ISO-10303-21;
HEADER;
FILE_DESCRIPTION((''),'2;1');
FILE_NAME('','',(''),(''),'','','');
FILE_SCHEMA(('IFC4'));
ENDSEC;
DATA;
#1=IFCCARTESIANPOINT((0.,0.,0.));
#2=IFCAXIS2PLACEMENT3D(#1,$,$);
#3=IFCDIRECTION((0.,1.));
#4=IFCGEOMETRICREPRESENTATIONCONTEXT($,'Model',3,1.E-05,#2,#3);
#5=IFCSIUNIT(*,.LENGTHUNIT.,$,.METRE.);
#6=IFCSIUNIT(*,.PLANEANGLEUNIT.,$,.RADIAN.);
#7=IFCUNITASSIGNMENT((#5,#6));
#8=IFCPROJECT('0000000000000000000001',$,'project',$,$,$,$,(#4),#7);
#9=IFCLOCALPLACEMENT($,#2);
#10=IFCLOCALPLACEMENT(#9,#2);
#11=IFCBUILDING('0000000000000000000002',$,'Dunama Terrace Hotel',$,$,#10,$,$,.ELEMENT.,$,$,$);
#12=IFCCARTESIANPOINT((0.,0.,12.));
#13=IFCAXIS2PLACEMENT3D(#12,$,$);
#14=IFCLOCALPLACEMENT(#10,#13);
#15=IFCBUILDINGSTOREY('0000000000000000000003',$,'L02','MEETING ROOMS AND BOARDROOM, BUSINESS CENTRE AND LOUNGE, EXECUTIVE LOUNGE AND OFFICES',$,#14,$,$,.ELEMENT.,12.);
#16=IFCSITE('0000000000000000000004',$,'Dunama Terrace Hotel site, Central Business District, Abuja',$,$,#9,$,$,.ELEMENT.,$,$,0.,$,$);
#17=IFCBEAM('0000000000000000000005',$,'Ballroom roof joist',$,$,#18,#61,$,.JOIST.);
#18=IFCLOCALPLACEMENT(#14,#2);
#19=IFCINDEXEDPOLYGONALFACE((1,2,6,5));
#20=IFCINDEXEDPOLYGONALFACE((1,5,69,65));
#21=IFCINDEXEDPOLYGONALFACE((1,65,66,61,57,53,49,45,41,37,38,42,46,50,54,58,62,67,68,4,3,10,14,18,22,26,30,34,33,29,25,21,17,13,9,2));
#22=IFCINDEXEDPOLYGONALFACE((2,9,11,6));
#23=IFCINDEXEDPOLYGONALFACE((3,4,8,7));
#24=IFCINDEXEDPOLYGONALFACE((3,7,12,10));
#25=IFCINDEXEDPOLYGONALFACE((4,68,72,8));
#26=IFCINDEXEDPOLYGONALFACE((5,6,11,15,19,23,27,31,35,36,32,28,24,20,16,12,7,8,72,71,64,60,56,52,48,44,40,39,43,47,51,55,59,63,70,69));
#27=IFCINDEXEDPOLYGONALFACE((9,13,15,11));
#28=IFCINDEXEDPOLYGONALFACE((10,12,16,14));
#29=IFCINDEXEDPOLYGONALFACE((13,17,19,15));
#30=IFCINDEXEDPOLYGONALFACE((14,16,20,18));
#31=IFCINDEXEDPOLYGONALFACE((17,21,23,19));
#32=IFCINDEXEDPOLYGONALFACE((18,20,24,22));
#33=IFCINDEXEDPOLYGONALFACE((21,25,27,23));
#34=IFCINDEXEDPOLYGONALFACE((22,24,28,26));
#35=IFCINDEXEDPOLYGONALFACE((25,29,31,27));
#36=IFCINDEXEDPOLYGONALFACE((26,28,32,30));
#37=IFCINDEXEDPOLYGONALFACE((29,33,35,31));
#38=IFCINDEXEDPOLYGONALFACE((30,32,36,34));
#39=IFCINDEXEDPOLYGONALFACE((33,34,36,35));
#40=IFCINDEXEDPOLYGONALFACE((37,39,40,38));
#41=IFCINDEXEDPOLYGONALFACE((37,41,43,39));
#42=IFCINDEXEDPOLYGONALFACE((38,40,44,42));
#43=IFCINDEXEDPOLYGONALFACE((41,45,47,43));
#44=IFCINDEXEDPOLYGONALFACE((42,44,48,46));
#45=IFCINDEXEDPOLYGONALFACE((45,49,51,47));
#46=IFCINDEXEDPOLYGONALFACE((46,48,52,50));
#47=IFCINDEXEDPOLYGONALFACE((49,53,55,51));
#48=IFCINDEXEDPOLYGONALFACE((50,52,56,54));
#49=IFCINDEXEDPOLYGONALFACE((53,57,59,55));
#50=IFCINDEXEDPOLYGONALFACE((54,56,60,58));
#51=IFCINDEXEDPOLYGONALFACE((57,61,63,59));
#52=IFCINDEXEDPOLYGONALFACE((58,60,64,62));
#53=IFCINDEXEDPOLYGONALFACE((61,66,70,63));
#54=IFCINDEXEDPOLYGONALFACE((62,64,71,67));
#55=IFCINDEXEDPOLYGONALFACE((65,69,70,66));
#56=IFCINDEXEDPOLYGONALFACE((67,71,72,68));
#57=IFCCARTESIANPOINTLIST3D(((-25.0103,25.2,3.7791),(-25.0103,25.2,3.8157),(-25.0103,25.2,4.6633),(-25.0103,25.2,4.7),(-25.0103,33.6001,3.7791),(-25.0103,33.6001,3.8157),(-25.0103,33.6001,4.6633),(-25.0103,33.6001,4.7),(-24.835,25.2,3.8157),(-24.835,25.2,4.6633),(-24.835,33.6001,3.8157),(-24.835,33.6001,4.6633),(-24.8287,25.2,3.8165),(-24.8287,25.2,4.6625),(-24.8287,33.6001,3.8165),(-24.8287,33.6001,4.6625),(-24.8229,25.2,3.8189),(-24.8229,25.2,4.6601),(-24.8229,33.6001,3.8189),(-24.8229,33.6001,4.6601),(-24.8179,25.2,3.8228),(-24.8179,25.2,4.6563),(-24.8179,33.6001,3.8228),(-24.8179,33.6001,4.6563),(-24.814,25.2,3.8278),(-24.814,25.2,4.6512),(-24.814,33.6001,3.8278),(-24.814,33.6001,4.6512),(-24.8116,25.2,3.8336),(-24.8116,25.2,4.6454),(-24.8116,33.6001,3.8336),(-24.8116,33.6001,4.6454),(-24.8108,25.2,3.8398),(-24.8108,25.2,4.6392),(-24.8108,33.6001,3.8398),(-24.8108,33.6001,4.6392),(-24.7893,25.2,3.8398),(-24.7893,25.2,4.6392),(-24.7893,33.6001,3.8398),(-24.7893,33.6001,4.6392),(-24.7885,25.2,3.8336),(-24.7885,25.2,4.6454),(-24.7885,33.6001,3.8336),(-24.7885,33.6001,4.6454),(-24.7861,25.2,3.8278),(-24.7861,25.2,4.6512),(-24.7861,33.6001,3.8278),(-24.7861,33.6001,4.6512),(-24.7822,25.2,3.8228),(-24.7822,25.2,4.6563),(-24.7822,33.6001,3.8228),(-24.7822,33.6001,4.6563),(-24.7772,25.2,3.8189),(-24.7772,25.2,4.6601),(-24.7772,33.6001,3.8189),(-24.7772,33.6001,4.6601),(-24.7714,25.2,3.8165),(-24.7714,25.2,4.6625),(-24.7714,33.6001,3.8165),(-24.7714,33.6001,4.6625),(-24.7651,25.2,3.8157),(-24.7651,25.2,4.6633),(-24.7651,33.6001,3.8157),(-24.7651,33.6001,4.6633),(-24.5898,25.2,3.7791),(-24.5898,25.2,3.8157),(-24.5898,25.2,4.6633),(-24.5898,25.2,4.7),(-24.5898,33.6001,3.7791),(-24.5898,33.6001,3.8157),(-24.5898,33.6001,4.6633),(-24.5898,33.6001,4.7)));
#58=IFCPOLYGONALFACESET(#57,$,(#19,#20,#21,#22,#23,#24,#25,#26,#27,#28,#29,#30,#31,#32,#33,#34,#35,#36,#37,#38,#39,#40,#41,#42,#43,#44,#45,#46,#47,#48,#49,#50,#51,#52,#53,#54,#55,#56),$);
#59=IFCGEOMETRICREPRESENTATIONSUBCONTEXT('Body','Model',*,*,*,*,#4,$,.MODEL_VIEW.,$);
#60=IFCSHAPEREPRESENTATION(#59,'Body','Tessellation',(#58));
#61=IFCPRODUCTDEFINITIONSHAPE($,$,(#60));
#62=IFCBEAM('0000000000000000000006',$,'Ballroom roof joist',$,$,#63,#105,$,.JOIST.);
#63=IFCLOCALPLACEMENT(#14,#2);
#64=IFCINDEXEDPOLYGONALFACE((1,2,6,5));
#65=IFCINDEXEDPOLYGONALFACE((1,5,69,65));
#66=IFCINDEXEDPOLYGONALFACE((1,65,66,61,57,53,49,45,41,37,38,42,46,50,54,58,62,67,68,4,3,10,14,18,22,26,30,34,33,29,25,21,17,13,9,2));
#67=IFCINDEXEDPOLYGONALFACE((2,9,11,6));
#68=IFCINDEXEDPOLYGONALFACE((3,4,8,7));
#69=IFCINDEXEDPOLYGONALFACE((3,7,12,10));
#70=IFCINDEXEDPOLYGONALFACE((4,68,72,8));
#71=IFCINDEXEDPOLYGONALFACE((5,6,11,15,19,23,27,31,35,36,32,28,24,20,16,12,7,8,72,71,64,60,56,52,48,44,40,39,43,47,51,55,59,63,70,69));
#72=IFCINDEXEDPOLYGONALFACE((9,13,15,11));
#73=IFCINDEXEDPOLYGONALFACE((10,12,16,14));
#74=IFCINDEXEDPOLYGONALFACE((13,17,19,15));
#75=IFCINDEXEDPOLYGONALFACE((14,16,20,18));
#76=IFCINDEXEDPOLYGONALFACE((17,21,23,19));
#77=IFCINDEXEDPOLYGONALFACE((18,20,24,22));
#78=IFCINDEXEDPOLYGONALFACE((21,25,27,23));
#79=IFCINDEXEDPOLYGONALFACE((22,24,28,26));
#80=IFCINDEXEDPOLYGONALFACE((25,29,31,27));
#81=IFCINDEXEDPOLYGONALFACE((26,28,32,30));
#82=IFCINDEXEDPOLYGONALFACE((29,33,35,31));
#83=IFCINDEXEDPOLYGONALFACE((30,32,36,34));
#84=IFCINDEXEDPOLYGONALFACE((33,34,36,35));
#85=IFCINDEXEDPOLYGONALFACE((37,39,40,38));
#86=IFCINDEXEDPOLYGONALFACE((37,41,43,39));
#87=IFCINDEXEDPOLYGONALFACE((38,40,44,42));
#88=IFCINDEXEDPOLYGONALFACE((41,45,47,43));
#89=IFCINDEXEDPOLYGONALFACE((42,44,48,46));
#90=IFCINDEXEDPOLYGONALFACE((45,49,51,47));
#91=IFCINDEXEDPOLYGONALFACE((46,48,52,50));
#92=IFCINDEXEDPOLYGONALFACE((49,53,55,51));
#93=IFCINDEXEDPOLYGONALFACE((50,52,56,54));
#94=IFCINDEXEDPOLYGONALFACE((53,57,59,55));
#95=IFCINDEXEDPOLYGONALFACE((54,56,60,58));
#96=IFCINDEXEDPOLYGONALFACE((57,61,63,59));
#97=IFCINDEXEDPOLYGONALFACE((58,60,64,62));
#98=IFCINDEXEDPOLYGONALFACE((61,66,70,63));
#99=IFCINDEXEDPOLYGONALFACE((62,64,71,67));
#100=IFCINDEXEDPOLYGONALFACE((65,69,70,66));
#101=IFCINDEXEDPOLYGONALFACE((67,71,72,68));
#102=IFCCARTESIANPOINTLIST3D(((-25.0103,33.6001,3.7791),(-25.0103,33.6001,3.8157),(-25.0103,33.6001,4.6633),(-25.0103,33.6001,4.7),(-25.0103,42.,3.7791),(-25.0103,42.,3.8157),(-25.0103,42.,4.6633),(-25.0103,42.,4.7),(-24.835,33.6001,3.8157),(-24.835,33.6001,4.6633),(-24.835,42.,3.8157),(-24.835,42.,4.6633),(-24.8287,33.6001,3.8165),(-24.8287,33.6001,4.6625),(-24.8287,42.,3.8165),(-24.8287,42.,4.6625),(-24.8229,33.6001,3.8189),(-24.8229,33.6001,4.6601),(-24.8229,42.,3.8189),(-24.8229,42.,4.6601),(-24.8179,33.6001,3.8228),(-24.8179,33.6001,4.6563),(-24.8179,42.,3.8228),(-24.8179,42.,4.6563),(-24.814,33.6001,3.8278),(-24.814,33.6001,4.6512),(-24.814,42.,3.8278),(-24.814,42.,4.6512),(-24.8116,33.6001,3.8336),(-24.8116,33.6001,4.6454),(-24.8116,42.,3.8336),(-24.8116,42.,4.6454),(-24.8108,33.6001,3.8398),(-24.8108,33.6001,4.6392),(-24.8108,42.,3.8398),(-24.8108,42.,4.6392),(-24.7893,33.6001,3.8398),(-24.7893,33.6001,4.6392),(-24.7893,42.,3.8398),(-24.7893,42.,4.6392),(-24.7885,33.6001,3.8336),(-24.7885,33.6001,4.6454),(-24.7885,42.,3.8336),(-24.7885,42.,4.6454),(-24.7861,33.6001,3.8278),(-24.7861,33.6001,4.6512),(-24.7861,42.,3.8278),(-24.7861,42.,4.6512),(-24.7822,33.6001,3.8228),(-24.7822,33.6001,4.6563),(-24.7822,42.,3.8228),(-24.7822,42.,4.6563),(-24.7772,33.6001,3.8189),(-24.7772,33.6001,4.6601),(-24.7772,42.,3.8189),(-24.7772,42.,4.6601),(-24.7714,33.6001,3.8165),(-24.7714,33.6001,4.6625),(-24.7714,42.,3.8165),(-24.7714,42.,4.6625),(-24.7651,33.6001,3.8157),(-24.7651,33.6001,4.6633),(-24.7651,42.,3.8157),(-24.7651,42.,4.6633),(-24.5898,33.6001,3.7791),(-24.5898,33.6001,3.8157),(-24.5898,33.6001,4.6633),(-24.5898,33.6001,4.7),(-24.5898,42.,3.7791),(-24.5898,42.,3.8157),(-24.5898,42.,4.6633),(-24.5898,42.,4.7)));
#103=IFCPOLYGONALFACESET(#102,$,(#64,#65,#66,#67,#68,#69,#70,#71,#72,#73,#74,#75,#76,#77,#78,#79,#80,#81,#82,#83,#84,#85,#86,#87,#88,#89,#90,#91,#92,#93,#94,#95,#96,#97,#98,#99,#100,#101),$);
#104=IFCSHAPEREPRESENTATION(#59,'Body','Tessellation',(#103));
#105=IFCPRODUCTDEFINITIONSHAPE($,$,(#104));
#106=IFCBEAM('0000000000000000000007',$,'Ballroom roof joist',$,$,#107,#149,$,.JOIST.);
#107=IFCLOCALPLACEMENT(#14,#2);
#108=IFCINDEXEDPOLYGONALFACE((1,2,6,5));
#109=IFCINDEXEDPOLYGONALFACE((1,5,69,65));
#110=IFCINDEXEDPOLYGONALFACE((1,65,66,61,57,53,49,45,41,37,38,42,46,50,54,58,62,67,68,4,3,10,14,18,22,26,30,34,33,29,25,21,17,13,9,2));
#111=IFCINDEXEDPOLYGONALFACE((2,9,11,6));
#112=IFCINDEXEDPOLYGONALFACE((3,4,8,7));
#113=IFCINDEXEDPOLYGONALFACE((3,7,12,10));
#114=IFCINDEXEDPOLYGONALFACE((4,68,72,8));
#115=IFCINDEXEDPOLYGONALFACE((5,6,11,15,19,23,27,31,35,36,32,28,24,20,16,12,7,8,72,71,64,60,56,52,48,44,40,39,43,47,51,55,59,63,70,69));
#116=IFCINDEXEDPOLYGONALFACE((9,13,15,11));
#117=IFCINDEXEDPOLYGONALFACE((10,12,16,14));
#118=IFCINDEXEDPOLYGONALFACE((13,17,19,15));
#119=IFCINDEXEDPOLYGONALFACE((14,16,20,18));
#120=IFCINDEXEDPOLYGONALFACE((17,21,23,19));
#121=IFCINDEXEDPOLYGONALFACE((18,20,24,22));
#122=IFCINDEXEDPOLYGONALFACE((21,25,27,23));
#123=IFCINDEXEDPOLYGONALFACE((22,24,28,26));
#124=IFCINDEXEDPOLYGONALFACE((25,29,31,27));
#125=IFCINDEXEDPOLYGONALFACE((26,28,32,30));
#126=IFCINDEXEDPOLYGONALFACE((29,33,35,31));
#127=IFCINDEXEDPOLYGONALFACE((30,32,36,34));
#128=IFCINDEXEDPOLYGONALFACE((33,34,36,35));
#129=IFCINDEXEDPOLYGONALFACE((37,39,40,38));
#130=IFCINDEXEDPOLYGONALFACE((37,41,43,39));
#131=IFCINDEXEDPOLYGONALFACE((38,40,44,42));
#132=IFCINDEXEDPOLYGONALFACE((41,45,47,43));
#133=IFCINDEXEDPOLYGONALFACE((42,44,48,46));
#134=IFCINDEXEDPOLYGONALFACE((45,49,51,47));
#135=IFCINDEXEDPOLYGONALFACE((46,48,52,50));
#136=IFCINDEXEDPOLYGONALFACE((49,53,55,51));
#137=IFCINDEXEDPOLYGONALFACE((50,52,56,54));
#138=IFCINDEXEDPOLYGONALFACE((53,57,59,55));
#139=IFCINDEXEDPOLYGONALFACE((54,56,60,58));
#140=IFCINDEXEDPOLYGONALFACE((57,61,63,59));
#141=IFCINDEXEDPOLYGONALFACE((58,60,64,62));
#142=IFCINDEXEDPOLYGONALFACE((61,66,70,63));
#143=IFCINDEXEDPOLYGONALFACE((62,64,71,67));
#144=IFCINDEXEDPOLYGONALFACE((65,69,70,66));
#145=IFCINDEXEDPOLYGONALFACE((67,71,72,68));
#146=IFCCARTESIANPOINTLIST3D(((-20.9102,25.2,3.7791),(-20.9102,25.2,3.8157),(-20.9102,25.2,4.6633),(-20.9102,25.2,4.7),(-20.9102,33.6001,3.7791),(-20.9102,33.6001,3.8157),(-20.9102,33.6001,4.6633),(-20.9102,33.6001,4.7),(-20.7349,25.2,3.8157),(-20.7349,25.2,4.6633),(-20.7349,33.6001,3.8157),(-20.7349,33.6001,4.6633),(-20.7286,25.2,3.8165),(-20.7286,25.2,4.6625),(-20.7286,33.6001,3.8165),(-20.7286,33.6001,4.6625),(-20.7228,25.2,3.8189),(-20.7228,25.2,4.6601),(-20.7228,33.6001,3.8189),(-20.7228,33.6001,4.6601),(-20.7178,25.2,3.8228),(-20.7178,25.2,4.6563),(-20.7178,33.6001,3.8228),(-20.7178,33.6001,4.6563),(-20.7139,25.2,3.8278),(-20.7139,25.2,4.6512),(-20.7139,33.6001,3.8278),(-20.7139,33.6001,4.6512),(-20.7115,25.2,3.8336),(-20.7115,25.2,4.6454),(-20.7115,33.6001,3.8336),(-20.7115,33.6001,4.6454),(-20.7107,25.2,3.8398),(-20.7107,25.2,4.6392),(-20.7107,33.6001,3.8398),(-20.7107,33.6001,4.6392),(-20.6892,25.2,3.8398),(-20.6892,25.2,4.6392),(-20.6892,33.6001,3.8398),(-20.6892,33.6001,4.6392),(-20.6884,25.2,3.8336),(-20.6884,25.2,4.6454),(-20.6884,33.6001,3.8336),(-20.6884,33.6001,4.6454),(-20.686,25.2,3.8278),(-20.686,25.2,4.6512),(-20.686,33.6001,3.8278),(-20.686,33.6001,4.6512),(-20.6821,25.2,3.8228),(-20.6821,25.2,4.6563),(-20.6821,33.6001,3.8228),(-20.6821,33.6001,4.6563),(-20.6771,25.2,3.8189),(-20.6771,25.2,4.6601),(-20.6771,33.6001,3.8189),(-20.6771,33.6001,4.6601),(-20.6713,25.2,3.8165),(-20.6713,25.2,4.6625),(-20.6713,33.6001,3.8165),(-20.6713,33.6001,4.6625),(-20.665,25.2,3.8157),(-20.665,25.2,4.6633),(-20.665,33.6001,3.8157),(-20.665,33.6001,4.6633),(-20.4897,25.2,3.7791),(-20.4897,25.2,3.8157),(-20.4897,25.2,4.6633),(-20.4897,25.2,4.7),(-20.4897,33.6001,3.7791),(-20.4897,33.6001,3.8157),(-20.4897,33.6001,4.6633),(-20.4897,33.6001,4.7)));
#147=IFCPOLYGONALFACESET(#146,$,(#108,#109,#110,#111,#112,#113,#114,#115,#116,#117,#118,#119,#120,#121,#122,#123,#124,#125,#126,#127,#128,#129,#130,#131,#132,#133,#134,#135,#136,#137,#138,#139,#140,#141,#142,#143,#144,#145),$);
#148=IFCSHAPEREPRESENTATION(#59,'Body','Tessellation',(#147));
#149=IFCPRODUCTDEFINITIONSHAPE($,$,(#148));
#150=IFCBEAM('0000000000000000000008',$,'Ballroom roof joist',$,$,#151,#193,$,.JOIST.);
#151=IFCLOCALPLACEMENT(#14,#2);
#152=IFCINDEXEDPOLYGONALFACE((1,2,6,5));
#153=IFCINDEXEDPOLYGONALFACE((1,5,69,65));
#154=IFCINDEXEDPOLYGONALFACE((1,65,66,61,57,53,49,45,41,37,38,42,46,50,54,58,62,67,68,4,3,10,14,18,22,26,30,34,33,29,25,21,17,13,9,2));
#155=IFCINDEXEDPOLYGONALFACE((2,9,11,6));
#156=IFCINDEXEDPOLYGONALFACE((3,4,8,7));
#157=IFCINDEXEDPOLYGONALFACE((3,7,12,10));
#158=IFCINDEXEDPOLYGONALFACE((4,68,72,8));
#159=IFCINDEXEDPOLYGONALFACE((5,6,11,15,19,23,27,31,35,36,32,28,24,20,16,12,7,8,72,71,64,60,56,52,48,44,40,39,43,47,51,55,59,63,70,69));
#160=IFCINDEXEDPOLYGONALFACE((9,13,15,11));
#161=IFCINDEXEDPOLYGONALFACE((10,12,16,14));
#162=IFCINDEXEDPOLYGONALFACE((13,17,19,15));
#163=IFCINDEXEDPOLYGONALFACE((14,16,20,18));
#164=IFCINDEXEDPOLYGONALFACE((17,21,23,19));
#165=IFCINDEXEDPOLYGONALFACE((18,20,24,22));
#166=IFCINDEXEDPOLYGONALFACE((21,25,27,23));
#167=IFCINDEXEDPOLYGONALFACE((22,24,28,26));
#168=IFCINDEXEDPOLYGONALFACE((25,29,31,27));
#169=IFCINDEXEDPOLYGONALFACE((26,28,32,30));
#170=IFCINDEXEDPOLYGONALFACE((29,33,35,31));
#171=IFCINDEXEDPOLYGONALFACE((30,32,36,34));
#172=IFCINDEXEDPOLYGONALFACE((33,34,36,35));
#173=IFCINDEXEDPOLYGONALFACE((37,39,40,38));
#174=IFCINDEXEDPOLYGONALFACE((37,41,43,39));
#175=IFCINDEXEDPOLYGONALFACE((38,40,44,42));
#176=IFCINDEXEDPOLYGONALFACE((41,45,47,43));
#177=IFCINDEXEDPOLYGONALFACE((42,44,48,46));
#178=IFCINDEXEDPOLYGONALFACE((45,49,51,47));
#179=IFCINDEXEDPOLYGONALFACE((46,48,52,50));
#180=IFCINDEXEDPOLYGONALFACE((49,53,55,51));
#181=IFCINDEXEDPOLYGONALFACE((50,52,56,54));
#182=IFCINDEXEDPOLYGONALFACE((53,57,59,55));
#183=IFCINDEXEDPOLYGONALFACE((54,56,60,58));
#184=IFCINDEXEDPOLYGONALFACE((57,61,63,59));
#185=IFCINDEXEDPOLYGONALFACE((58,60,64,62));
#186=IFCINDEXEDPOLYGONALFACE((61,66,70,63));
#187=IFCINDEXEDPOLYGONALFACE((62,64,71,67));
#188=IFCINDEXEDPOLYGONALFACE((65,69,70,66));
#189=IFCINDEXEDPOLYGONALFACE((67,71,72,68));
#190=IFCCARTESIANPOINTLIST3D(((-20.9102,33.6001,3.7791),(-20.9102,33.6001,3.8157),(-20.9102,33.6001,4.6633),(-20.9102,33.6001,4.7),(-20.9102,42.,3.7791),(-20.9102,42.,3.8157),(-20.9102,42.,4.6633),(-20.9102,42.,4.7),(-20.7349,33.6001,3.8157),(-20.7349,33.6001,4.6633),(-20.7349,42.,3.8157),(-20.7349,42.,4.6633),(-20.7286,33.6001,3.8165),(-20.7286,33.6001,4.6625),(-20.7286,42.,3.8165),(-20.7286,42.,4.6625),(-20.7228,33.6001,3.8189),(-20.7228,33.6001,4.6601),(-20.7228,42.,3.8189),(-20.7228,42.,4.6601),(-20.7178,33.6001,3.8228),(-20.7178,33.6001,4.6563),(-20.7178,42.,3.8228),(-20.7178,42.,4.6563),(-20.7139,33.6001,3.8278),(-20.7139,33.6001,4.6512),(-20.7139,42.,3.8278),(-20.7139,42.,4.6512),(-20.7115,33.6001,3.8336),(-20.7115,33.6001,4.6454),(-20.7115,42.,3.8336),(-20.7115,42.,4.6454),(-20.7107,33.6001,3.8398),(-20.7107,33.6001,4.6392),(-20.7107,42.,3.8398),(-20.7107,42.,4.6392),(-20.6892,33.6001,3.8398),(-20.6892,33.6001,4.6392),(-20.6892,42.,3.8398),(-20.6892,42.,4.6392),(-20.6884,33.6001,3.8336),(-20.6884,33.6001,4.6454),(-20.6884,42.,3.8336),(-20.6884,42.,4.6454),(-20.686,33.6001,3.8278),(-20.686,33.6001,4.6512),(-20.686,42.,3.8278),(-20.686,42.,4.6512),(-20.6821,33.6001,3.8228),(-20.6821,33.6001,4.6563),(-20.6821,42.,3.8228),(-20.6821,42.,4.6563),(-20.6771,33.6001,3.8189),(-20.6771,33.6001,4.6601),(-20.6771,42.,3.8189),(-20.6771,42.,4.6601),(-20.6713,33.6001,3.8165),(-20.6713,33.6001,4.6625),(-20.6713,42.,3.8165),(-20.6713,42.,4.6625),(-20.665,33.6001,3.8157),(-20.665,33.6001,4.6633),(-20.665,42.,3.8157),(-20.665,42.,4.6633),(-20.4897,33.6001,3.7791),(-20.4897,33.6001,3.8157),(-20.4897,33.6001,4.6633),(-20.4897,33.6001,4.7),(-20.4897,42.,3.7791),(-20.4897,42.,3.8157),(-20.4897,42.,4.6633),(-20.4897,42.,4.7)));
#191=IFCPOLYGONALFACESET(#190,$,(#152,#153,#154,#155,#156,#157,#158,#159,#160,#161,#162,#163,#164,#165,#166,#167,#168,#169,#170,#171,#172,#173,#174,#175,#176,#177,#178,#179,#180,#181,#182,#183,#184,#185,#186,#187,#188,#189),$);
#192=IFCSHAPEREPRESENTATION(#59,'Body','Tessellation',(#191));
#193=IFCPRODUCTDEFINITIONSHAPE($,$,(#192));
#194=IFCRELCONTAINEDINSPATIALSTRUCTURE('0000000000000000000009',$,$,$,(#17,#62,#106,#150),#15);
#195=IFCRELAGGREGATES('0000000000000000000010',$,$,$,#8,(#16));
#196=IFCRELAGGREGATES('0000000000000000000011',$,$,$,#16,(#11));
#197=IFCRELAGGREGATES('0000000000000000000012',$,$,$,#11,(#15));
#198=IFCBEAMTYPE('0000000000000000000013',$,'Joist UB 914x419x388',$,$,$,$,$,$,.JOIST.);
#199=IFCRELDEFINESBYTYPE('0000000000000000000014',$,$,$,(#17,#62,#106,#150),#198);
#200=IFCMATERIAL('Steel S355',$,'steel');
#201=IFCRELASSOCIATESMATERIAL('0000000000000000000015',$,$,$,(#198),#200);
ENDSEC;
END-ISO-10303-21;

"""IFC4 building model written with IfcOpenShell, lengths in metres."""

from ifc_helpers import new_model, si_unit, direction, frame, origin, origin_2d, place, context, subcontext, project, spatial, i_section, extrude, material, material_profile, profile_set, type_object, element, save


model = new_model("IFC4")

# Units and contexts
model_context = context("Model", 3, precision=1e-05, world=origin(), true_north=direction((0.0, 1.0)))
body_context = subcontext(model_context, "Body", "Model", "MODEL_VIEW")
ifc_project = project(units=[si_unit("LENGTHUNIT", "METRE"), si_unit("PLANEANGLEUNIT", "RADIAN")], contexts=[model_context])

# Site, building, storey
site_placement = place(None, origin())
site = spatial("IfcSite", under=ifc_project, at=site_placement, Name="Dunama Terrace Hotel site, Central Business District, Abuja", CompositionType="ELEMENT", RefElevation=0.0)
building_placement = place(site_placement, origin())
building = spatial("IfcBuilding", under=site, at=building_placement, Name="Dunama Terrace Hotel", CompositionType="ELEMENT")
storey_placement = place(building_placement, frame((0.0, 0.0, 12.0)))
storey = spatial("IfcBuildingStorey", under=building, at=storey_placement, Name="L02", Description="MEETING ROOMS AND BOARDROOM, BUSINESS CENTRE AND LOUNGE, EXECUTIVE LOUNGE AND OFFICES", CompositionType="ELEMENT", Elevation=12.0)

# Beams
ifc_material_1 = material(Name="Steel S355", Category="steel")
ifc_material_profile_1 = material_profile(ifc_material_1, i_section(OverallWidth=0.4204, OverallDepth=0.9209, WebThickness=0.0215, FlangeThickness=0.0366, FilletRadius=0.0242, at=origin_2d()), Name="UB 914x419x388")
ifc_profile_set_1 = profile_set([ifc_material_profile_1], Name="Steel S355")
beam_type = type_object("IfcBeamType", Name="Joist UB 914x419x388", PredefinedType="JOIST", material=ifc_profile_set_1)
beam_1_placement = place(storey_placement, frame((-24.8, 25.2, 4.2395), z_axis=(0.0, 1.0, 0.0), x_axis=(-1.0, 0.0, 0.0)))
element("IfcBeam", 1, at=beam_1_placement, inside=storey, type_object=beam_type, Name="Ballroom roof joist", PredefinedType="JOIST", context=body_context, shape_type="SweptSolid", body=[
    extrude(i_section(OverallWidth=0.4204, OverallDepth=0.9209, WebThickness=0.0215, FlangeThickness=0.0366, FilletRadius=0.0242, at=origin_2d()), origin(), (0.0, 0.0, 1.0), 8.4001),
])
beam_2_placement = place(storey_placement, frame((-24.8, 33.6001, 4.2395), z_axis=(0.0, 1.0, 0.0), x_axis=(-1.0, 0.0, 0.0)))
element("IfcBeam", 2, at=beam_2_placement, inside=storey, type_object=beam_type, Name="Ballroom roof joist", PredefinedType="JOIST", context=body_context, shape_type="SweptSolid", body=[
    extrude(i_section(OverallWidth=0.4204, OverallDepth=0.9209, WebThickness=0.0215, FlangeThickness=0.0366, FilletRadius=0.0242, at=origin_2d()), origin(), (0.0, 0.0, 1.0), 8.3999),
])
beam_3_placement = place(storey_placement, frame((-20.7, 25.2, 4.2395), z_axis=(0.0, 1.0, 0.0), x_axis=(-1.0, 0.0, 0.0)))
element("IfcBeam", 3, at=beam_3_placement, inside=storey, type_object=beam_type, Name="Ballroom roof joist", PredefinedType="JOIST", context=body_context, shape_type="SweptSolid", body=[
    extrude(i_section(OverallWidth=0.4204, OverallDepth=0.9209, WebThickness=0.0215, FlangeThickness=0.0366, FilletRadius=0.0242, at=origin_2d()), origin(), (0.0, 0.0, 1.0), 8.4001),
])
beam_4_placement = place(storey_placement, frame((-20.7, 33.6001, 4.2395), z_axis=(0.0, 1.0, 0.0), x_axis=(-1.0, 0.0, 0.0)))
element("IfcBeam", 4, at=beam_4_placement, inside=storey, type_object=beam_type, Name="Ballroom roof joist", PredefinedType="JOIST", context=body_context, shape_type="SweptSolid", body=[
    extrude(i_section(OverallWidth=0.4204, OverallDepth=0.9209, WebThickness=0.0215, FlangeThickness=0.0366, FilletRadius=0.0242, at=origin_2d()), origin(), (0.0, 0.0, 1.0), 8.3999),
])

save(model, "model.ifc")
